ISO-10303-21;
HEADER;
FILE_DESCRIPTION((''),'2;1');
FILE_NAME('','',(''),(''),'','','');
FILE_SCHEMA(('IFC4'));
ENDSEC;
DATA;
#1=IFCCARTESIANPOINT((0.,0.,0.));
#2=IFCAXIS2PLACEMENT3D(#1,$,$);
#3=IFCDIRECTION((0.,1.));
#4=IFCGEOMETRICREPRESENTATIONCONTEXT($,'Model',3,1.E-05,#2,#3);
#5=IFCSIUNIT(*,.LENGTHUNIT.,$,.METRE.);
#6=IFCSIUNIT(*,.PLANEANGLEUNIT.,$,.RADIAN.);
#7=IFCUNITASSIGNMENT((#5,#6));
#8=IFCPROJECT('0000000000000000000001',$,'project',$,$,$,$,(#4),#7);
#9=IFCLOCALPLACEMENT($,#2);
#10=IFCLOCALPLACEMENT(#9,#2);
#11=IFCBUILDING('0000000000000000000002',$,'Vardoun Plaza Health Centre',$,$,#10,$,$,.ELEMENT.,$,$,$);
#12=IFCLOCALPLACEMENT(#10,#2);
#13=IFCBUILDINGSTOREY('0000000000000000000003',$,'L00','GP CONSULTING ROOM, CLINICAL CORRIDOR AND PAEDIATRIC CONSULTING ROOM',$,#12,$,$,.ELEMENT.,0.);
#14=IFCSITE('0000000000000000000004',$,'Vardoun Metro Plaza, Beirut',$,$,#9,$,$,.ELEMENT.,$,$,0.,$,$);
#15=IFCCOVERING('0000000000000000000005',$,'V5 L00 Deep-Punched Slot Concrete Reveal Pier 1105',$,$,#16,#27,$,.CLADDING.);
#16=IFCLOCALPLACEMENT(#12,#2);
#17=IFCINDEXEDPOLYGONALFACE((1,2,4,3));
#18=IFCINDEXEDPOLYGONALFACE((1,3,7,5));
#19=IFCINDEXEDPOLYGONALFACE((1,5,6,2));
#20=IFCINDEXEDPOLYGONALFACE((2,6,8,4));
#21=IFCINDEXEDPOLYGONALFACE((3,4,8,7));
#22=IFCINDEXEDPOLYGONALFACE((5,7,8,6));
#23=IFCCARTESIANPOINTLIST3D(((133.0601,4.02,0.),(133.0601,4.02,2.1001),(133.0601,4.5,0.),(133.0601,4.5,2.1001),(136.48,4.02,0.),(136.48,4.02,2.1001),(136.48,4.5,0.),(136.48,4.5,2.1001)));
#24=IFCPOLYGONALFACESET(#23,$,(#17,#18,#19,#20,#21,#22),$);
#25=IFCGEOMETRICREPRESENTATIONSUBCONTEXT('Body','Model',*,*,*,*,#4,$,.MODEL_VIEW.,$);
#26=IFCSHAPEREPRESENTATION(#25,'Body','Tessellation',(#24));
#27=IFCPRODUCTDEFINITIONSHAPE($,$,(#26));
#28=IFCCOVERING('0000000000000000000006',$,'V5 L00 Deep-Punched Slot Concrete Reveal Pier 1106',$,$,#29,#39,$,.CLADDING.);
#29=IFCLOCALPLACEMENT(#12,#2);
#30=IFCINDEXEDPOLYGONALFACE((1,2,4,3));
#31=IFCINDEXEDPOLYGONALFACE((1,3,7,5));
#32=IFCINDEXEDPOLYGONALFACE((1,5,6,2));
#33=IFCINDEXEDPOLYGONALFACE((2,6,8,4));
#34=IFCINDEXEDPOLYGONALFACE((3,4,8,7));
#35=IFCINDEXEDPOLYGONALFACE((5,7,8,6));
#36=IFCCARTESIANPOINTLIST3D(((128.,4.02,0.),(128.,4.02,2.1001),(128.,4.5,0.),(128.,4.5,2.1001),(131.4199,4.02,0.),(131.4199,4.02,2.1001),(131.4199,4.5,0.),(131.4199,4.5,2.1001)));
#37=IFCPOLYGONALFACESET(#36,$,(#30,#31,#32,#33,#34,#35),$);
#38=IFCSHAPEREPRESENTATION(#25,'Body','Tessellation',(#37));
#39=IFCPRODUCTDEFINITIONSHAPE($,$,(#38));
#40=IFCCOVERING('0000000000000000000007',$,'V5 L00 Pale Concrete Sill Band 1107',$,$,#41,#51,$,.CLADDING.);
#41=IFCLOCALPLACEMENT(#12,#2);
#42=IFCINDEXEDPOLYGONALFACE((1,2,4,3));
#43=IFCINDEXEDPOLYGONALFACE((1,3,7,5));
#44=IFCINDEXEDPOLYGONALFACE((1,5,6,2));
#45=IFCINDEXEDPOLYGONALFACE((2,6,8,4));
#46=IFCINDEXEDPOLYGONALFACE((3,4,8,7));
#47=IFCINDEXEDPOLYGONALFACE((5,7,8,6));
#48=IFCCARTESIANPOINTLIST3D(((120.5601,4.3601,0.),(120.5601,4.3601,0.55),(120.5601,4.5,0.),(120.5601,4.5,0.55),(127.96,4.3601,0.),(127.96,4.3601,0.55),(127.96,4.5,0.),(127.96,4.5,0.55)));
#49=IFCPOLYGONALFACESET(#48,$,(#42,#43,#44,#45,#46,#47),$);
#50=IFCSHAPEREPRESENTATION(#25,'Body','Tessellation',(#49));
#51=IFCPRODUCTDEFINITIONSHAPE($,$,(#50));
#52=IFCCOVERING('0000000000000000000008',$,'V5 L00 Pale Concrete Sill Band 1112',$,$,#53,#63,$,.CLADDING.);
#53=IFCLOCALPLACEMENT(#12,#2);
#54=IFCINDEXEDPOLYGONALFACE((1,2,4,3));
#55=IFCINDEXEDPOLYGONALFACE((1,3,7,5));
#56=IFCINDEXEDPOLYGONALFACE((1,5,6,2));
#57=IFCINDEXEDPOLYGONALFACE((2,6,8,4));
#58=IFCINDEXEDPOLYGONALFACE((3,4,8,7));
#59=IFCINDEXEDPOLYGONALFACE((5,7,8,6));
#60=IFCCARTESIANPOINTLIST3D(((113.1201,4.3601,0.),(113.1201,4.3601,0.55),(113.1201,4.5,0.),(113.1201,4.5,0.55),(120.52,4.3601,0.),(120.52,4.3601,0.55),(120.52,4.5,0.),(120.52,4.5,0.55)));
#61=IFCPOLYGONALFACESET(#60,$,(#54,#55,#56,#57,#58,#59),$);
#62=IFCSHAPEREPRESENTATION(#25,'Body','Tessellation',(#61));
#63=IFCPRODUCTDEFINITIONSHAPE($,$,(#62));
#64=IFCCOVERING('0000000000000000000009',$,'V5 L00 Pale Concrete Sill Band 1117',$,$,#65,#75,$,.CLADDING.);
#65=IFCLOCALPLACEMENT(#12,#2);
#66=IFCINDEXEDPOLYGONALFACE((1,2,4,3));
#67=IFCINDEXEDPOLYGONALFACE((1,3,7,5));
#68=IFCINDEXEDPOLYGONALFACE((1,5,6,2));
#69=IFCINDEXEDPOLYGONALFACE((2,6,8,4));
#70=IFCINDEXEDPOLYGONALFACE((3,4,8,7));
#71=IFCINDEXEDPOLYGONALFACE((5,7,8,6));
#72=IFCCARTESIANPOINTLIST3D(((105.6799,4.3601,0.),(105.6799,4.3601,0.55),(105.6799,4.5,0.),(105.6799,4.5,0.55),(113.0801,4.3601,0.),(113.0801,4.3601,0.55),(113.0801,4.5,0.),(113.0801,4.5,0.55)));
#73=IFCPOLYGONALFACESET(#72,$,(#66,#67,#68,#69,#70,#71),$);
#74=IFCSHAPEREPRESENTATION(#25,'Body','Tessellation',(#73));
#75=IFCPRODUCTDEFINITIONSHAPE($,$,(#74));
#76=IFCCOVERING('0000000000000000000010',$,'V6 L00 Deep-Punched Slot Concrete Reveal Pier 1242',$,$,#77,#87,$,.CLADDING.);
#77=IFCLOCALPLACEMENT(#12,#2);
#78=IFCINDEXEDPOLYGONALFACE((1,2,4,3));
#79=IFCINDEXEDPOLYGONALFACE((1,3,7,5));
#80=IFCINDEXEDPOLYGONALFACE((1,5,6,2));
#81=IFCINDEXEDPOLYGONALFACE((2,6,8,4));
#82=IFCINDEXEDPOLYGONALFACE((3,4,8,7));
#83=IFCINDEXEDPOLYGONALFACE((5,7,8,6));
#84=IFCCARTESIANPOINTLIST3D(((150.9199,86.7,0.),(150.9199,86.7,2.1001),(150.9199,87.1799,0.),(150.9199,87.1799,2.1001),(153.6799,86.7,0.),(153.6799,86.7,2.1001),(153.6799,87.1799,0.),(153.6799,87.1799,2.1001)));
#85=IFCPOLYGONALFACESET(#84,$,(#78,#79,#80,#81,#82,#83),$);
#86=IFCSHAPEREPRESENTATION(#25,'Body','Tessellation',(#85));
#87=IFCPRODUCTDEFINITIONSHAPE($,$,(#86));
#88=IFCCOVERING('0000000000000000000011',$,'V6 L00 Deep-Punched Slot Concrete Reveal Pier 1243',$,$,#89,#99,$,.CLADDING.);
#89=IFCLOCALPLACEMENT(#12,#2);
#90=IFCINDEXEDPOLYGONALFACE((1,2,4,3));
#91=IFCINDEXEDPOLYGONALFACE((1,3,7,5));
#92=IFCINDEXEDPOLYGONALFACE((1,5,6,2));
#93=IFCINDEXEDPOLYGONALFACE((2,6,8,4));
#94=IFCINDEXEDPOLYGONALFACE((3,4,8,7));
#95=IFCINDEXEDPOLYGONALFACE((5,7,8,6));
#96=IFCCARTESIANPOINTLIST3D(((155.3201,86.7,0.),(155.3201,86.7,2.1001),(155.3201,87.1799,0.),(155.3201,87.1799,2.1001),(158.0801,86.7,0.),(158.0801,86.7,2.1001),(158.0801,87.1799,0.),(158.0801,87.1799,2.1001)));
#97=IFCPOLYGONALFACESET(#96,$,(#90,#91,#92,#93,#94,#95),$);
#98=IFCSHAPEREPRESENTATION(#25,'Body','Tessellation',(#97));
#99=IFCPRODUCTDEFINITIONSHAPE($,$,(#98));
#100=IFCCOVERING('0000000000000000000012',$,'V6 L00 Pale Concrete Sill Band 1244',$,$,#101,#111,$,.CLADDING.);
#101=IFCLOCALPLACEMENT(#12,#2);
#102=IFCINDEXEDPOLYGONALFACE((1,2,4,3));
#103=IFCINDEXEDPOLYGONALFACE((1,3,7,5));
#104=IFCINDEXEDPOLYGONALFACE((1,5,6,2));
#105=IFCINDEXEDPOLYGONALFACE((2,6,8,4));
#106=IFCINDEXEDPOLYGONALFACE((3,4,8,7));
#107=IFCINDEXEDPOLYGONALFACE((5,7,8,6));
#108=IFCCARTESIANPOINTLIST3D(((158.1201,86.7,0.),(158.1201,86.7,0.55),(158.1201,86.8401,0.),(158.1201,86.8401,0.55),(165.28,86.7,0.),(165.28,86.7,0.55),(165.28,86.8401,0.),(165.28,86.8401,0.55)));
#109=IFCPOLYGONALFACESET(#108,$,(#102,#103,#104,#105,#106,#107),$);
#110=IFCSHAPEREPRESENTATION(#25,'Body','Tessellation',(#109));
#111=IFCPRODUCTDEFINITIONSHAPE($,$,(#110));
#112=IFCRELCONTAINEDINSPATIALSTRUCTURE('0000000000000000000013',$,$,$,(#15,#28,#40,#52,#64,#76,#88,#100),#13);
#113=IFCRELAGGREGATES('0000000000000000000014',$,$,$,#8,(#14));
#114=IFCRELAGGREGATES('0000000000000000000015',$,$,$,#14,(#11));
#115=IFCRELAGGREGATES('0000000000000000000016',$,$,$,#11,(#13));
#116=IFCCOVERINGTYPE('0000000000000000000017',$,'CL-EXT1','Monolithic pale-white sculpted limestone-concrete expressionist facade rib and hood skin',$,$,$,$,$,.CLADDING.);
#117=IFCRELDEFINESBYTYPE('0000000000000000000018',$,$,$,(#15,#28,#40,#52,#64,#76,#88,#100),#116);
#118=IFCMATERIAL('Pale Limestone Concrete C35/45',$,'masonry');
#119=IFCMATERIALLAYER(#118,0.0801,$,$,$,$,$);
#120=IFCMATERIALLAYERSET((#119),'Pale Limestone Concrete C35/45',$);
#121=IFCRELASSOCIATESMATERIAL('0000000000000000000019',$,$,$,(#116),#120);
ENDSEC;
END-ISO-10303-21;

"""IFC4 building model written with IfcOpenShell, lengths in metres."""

from ifc_helpers import new_model, si_unit, direction, origin, place, context, subcontext, project, spatial, polyline, outline, extrude, material, layer, layer_set, type_object, element, save


model = new_model("IFC4")

# Units and contexts
model_context = context("Model", 3, precision=1e-05, world=origin(), true_north=direction((0.0, 1.0)))
body_context = subcontext(model_context, "Body", "Model", "MODEL_VIEW")
ifc_project = project(units=[si_unit("LENGTHUNIT", "METRE"), si_unit("PLANEANGLEUNIT", "RADIAN")], contexts=[model_context])

# Site, building, storey
site_placement = place(None, origin())
site = spatial("IfcSite", under=ifc_project, at=site_placement, Name="Vardoun Metro Plaza, Beirut", CompositionType="ELEMENT", RefElevation=0.0)
building_placement = place(site_placement, origin())
building = spatial("IfcBuilding", under=site, at=building_placement, Name="Vardoun Plaza Health Centre", CompositionType="ELEMENT")
storey_placement = place(building_placement, origin())
storey = spatial("IfcBuildingStorey", under=building, at=storey_placement, Name="L00", Description="GP CONSULTING ROOM, CLINICAL CORRIDOR AND PAEDIATRIC CONSULTING ROOM", CompositionType="ELEMENT", Elevation=0.0)

# Coverings
ifc_material = material(Name="Pale Limestone Concrete C35/45", Category="masonry")
ifc_layer = layer(ifc_material, 0.0801)
ifc_layer_set = layer_set([ifc_layer], Name="Pale Limestone Concrete C35/45")
covering_type = type_object("IfcCoveringType", Name="CL-EXT1", Description="Monolithic pale-white sculpted limestone-concrete expressionist facade rib and hood skin", PredefinedType="CLADDING", material=ifc_layer_set)
covering_1_placement = place(storey_placement, origin())
element("IfcCovering", 1, at=covering_1_placement, inside=storey, type_object=covering_type, Name="V5 L00 Deep-Punched Slot Concrete Reveal Pier 1105", PredefinedType="CLADDING", context=body_context, shape_type="SweptSolid", body=[
    extrude(outline(polyline([(136.48, 4.5), (133.0601, 4.5), (133.0601, 4.02), (136.48, 4.02), (136.48, 4.5)])), origin(), (0.0, 0.0, 1.0), 2.1001),
])
covering_2_placement = place(storey_placement, origin())
element("IfcCovering", 2, at=covering_2_placement, inside=storey, type_object=covering_type, Name="V5 L00 Deep-Punched Slot Concrete Reveal Pier 1106", PredefinedType="CLADDING", context=body_context, shape_type="SweptSolid", body=[
    extrude(outline(polyline([(131.4199, 4.5), (128.0, 4.5), (128.0, 4.02), (131.4199, 4.02), (131.4199, 4.5)])), origin(), (0.0, 0.0, 1.0), 2.1001),
])
covering_3_placement = place(storey_placement, origin())
element("IfcCovering", 3, at=covering_3_placement, inside=storey, type_object=covering_type, Name="V5 L00 Pale Concrete Sill Band 1107", PredefinedType="CLADDING", context=body_context, shape_type="SweptSolid", body=[
    extrude(outline(polyline([(127.96, 4.5), (120.5601, 4.5), (120.5601, 4.3601), (127.96, 4.3601), (127.96, 4.5)])), origin(), (0.0, 0.0, 1.0), 0.55),
])
covering_4_placement = place(storey_placement, origin())
element("IfcCovering", 4, at=covering_4_placement, inside=storey, type_object=covering_type, Name="V5 L00 Pale Concrete Sill Band 1112", PredefinedType="CLADDING", context=body_context, shape_type="SweptSolid", body=[
    extrude(outline(polyline([(120.52, 4.5), (113.1201, 4.5), (113.1201, 4.3601), (120.52, 4.3601), (120.52, 4.5)])), origin(), (0.0, 0.0, 1.0), 0.55),
])
covering_5_placement = place(storey_placement, origin())
element("IfcCovering", 5, at=covering_5_placement, inside=storey, type_object=covering_type, Name="V5 L00 Pale Concrete Sill Band 1117", PredefinedType="CLADDING", context=body_context, shape_type="SweptSolid", body=[
    extrude(outline(polyline([(113.0801, 4.5), (105.6799, 4.5), (105.6799, 4.3601), (113.0801, 4.3601), (113.0801, 4.5)])), origin(), (0.0, 0.0, 1.0), 0.55),
])
covering_6_placement = place(storey_placement, origin())
element("IfcCovering", 6, at=covering_6_placement, inside=storey, type_object=covering_type, Name="V6 L00 Deep-Punched Slot Concrete Reveal Pier 1242", PredefinedType="CLADDING", context=body_context, shape_type="SweptSolid", body=[
    extrude(outline(polyline([(150.9199, 86.7), (153.6799, 86.7), (153.6799, 87.1799), (150.9199, 87.1799), (150.9199, 86.7)])), origin(), (0.0, 0.0, 1.0), 2.1001),
])
covering_7_placement = place(storey_placement, origin())
element("IfcCovering", 7, at=covering_7_placement, inside=storey, type_object=covering_type, Name="V6 L00 Deep-Punched Slot Concrete Reveal Pier 1243", PredefinedType="CLADDING", context=body_context, shape_type="SweptSolid", body=[
    extrude(outline(polyline([(155.3201, 86.7), (158.0801, 86.7), (158.0801, 87.1799), (155.3201, 87.1799), (155.3201, 86.7)])), origin(), (0.0, 0.0, 1.0), 2.1001),
])
covering_8_placement = place(storey_placement, origin())
element("IfcCovering", 8, at=covering_8_placement, inside=storey, type_object=covering_type, Name="V6 L00 Pale Concrete Sill Band 1244", PredefinedType="CLADDING", context=body_context, shape_type="SweptSolid", body=[
    extrude(outline(polyline([(158.1201, 86.7), (165.28, 86.7), (165.28, 86.8401), (158.1201, 86.8401), (158.1201, 86.7)])), origin(), (0.0, 0.0, 1.0), 0.55),
])

save(model, "model.ifc")
